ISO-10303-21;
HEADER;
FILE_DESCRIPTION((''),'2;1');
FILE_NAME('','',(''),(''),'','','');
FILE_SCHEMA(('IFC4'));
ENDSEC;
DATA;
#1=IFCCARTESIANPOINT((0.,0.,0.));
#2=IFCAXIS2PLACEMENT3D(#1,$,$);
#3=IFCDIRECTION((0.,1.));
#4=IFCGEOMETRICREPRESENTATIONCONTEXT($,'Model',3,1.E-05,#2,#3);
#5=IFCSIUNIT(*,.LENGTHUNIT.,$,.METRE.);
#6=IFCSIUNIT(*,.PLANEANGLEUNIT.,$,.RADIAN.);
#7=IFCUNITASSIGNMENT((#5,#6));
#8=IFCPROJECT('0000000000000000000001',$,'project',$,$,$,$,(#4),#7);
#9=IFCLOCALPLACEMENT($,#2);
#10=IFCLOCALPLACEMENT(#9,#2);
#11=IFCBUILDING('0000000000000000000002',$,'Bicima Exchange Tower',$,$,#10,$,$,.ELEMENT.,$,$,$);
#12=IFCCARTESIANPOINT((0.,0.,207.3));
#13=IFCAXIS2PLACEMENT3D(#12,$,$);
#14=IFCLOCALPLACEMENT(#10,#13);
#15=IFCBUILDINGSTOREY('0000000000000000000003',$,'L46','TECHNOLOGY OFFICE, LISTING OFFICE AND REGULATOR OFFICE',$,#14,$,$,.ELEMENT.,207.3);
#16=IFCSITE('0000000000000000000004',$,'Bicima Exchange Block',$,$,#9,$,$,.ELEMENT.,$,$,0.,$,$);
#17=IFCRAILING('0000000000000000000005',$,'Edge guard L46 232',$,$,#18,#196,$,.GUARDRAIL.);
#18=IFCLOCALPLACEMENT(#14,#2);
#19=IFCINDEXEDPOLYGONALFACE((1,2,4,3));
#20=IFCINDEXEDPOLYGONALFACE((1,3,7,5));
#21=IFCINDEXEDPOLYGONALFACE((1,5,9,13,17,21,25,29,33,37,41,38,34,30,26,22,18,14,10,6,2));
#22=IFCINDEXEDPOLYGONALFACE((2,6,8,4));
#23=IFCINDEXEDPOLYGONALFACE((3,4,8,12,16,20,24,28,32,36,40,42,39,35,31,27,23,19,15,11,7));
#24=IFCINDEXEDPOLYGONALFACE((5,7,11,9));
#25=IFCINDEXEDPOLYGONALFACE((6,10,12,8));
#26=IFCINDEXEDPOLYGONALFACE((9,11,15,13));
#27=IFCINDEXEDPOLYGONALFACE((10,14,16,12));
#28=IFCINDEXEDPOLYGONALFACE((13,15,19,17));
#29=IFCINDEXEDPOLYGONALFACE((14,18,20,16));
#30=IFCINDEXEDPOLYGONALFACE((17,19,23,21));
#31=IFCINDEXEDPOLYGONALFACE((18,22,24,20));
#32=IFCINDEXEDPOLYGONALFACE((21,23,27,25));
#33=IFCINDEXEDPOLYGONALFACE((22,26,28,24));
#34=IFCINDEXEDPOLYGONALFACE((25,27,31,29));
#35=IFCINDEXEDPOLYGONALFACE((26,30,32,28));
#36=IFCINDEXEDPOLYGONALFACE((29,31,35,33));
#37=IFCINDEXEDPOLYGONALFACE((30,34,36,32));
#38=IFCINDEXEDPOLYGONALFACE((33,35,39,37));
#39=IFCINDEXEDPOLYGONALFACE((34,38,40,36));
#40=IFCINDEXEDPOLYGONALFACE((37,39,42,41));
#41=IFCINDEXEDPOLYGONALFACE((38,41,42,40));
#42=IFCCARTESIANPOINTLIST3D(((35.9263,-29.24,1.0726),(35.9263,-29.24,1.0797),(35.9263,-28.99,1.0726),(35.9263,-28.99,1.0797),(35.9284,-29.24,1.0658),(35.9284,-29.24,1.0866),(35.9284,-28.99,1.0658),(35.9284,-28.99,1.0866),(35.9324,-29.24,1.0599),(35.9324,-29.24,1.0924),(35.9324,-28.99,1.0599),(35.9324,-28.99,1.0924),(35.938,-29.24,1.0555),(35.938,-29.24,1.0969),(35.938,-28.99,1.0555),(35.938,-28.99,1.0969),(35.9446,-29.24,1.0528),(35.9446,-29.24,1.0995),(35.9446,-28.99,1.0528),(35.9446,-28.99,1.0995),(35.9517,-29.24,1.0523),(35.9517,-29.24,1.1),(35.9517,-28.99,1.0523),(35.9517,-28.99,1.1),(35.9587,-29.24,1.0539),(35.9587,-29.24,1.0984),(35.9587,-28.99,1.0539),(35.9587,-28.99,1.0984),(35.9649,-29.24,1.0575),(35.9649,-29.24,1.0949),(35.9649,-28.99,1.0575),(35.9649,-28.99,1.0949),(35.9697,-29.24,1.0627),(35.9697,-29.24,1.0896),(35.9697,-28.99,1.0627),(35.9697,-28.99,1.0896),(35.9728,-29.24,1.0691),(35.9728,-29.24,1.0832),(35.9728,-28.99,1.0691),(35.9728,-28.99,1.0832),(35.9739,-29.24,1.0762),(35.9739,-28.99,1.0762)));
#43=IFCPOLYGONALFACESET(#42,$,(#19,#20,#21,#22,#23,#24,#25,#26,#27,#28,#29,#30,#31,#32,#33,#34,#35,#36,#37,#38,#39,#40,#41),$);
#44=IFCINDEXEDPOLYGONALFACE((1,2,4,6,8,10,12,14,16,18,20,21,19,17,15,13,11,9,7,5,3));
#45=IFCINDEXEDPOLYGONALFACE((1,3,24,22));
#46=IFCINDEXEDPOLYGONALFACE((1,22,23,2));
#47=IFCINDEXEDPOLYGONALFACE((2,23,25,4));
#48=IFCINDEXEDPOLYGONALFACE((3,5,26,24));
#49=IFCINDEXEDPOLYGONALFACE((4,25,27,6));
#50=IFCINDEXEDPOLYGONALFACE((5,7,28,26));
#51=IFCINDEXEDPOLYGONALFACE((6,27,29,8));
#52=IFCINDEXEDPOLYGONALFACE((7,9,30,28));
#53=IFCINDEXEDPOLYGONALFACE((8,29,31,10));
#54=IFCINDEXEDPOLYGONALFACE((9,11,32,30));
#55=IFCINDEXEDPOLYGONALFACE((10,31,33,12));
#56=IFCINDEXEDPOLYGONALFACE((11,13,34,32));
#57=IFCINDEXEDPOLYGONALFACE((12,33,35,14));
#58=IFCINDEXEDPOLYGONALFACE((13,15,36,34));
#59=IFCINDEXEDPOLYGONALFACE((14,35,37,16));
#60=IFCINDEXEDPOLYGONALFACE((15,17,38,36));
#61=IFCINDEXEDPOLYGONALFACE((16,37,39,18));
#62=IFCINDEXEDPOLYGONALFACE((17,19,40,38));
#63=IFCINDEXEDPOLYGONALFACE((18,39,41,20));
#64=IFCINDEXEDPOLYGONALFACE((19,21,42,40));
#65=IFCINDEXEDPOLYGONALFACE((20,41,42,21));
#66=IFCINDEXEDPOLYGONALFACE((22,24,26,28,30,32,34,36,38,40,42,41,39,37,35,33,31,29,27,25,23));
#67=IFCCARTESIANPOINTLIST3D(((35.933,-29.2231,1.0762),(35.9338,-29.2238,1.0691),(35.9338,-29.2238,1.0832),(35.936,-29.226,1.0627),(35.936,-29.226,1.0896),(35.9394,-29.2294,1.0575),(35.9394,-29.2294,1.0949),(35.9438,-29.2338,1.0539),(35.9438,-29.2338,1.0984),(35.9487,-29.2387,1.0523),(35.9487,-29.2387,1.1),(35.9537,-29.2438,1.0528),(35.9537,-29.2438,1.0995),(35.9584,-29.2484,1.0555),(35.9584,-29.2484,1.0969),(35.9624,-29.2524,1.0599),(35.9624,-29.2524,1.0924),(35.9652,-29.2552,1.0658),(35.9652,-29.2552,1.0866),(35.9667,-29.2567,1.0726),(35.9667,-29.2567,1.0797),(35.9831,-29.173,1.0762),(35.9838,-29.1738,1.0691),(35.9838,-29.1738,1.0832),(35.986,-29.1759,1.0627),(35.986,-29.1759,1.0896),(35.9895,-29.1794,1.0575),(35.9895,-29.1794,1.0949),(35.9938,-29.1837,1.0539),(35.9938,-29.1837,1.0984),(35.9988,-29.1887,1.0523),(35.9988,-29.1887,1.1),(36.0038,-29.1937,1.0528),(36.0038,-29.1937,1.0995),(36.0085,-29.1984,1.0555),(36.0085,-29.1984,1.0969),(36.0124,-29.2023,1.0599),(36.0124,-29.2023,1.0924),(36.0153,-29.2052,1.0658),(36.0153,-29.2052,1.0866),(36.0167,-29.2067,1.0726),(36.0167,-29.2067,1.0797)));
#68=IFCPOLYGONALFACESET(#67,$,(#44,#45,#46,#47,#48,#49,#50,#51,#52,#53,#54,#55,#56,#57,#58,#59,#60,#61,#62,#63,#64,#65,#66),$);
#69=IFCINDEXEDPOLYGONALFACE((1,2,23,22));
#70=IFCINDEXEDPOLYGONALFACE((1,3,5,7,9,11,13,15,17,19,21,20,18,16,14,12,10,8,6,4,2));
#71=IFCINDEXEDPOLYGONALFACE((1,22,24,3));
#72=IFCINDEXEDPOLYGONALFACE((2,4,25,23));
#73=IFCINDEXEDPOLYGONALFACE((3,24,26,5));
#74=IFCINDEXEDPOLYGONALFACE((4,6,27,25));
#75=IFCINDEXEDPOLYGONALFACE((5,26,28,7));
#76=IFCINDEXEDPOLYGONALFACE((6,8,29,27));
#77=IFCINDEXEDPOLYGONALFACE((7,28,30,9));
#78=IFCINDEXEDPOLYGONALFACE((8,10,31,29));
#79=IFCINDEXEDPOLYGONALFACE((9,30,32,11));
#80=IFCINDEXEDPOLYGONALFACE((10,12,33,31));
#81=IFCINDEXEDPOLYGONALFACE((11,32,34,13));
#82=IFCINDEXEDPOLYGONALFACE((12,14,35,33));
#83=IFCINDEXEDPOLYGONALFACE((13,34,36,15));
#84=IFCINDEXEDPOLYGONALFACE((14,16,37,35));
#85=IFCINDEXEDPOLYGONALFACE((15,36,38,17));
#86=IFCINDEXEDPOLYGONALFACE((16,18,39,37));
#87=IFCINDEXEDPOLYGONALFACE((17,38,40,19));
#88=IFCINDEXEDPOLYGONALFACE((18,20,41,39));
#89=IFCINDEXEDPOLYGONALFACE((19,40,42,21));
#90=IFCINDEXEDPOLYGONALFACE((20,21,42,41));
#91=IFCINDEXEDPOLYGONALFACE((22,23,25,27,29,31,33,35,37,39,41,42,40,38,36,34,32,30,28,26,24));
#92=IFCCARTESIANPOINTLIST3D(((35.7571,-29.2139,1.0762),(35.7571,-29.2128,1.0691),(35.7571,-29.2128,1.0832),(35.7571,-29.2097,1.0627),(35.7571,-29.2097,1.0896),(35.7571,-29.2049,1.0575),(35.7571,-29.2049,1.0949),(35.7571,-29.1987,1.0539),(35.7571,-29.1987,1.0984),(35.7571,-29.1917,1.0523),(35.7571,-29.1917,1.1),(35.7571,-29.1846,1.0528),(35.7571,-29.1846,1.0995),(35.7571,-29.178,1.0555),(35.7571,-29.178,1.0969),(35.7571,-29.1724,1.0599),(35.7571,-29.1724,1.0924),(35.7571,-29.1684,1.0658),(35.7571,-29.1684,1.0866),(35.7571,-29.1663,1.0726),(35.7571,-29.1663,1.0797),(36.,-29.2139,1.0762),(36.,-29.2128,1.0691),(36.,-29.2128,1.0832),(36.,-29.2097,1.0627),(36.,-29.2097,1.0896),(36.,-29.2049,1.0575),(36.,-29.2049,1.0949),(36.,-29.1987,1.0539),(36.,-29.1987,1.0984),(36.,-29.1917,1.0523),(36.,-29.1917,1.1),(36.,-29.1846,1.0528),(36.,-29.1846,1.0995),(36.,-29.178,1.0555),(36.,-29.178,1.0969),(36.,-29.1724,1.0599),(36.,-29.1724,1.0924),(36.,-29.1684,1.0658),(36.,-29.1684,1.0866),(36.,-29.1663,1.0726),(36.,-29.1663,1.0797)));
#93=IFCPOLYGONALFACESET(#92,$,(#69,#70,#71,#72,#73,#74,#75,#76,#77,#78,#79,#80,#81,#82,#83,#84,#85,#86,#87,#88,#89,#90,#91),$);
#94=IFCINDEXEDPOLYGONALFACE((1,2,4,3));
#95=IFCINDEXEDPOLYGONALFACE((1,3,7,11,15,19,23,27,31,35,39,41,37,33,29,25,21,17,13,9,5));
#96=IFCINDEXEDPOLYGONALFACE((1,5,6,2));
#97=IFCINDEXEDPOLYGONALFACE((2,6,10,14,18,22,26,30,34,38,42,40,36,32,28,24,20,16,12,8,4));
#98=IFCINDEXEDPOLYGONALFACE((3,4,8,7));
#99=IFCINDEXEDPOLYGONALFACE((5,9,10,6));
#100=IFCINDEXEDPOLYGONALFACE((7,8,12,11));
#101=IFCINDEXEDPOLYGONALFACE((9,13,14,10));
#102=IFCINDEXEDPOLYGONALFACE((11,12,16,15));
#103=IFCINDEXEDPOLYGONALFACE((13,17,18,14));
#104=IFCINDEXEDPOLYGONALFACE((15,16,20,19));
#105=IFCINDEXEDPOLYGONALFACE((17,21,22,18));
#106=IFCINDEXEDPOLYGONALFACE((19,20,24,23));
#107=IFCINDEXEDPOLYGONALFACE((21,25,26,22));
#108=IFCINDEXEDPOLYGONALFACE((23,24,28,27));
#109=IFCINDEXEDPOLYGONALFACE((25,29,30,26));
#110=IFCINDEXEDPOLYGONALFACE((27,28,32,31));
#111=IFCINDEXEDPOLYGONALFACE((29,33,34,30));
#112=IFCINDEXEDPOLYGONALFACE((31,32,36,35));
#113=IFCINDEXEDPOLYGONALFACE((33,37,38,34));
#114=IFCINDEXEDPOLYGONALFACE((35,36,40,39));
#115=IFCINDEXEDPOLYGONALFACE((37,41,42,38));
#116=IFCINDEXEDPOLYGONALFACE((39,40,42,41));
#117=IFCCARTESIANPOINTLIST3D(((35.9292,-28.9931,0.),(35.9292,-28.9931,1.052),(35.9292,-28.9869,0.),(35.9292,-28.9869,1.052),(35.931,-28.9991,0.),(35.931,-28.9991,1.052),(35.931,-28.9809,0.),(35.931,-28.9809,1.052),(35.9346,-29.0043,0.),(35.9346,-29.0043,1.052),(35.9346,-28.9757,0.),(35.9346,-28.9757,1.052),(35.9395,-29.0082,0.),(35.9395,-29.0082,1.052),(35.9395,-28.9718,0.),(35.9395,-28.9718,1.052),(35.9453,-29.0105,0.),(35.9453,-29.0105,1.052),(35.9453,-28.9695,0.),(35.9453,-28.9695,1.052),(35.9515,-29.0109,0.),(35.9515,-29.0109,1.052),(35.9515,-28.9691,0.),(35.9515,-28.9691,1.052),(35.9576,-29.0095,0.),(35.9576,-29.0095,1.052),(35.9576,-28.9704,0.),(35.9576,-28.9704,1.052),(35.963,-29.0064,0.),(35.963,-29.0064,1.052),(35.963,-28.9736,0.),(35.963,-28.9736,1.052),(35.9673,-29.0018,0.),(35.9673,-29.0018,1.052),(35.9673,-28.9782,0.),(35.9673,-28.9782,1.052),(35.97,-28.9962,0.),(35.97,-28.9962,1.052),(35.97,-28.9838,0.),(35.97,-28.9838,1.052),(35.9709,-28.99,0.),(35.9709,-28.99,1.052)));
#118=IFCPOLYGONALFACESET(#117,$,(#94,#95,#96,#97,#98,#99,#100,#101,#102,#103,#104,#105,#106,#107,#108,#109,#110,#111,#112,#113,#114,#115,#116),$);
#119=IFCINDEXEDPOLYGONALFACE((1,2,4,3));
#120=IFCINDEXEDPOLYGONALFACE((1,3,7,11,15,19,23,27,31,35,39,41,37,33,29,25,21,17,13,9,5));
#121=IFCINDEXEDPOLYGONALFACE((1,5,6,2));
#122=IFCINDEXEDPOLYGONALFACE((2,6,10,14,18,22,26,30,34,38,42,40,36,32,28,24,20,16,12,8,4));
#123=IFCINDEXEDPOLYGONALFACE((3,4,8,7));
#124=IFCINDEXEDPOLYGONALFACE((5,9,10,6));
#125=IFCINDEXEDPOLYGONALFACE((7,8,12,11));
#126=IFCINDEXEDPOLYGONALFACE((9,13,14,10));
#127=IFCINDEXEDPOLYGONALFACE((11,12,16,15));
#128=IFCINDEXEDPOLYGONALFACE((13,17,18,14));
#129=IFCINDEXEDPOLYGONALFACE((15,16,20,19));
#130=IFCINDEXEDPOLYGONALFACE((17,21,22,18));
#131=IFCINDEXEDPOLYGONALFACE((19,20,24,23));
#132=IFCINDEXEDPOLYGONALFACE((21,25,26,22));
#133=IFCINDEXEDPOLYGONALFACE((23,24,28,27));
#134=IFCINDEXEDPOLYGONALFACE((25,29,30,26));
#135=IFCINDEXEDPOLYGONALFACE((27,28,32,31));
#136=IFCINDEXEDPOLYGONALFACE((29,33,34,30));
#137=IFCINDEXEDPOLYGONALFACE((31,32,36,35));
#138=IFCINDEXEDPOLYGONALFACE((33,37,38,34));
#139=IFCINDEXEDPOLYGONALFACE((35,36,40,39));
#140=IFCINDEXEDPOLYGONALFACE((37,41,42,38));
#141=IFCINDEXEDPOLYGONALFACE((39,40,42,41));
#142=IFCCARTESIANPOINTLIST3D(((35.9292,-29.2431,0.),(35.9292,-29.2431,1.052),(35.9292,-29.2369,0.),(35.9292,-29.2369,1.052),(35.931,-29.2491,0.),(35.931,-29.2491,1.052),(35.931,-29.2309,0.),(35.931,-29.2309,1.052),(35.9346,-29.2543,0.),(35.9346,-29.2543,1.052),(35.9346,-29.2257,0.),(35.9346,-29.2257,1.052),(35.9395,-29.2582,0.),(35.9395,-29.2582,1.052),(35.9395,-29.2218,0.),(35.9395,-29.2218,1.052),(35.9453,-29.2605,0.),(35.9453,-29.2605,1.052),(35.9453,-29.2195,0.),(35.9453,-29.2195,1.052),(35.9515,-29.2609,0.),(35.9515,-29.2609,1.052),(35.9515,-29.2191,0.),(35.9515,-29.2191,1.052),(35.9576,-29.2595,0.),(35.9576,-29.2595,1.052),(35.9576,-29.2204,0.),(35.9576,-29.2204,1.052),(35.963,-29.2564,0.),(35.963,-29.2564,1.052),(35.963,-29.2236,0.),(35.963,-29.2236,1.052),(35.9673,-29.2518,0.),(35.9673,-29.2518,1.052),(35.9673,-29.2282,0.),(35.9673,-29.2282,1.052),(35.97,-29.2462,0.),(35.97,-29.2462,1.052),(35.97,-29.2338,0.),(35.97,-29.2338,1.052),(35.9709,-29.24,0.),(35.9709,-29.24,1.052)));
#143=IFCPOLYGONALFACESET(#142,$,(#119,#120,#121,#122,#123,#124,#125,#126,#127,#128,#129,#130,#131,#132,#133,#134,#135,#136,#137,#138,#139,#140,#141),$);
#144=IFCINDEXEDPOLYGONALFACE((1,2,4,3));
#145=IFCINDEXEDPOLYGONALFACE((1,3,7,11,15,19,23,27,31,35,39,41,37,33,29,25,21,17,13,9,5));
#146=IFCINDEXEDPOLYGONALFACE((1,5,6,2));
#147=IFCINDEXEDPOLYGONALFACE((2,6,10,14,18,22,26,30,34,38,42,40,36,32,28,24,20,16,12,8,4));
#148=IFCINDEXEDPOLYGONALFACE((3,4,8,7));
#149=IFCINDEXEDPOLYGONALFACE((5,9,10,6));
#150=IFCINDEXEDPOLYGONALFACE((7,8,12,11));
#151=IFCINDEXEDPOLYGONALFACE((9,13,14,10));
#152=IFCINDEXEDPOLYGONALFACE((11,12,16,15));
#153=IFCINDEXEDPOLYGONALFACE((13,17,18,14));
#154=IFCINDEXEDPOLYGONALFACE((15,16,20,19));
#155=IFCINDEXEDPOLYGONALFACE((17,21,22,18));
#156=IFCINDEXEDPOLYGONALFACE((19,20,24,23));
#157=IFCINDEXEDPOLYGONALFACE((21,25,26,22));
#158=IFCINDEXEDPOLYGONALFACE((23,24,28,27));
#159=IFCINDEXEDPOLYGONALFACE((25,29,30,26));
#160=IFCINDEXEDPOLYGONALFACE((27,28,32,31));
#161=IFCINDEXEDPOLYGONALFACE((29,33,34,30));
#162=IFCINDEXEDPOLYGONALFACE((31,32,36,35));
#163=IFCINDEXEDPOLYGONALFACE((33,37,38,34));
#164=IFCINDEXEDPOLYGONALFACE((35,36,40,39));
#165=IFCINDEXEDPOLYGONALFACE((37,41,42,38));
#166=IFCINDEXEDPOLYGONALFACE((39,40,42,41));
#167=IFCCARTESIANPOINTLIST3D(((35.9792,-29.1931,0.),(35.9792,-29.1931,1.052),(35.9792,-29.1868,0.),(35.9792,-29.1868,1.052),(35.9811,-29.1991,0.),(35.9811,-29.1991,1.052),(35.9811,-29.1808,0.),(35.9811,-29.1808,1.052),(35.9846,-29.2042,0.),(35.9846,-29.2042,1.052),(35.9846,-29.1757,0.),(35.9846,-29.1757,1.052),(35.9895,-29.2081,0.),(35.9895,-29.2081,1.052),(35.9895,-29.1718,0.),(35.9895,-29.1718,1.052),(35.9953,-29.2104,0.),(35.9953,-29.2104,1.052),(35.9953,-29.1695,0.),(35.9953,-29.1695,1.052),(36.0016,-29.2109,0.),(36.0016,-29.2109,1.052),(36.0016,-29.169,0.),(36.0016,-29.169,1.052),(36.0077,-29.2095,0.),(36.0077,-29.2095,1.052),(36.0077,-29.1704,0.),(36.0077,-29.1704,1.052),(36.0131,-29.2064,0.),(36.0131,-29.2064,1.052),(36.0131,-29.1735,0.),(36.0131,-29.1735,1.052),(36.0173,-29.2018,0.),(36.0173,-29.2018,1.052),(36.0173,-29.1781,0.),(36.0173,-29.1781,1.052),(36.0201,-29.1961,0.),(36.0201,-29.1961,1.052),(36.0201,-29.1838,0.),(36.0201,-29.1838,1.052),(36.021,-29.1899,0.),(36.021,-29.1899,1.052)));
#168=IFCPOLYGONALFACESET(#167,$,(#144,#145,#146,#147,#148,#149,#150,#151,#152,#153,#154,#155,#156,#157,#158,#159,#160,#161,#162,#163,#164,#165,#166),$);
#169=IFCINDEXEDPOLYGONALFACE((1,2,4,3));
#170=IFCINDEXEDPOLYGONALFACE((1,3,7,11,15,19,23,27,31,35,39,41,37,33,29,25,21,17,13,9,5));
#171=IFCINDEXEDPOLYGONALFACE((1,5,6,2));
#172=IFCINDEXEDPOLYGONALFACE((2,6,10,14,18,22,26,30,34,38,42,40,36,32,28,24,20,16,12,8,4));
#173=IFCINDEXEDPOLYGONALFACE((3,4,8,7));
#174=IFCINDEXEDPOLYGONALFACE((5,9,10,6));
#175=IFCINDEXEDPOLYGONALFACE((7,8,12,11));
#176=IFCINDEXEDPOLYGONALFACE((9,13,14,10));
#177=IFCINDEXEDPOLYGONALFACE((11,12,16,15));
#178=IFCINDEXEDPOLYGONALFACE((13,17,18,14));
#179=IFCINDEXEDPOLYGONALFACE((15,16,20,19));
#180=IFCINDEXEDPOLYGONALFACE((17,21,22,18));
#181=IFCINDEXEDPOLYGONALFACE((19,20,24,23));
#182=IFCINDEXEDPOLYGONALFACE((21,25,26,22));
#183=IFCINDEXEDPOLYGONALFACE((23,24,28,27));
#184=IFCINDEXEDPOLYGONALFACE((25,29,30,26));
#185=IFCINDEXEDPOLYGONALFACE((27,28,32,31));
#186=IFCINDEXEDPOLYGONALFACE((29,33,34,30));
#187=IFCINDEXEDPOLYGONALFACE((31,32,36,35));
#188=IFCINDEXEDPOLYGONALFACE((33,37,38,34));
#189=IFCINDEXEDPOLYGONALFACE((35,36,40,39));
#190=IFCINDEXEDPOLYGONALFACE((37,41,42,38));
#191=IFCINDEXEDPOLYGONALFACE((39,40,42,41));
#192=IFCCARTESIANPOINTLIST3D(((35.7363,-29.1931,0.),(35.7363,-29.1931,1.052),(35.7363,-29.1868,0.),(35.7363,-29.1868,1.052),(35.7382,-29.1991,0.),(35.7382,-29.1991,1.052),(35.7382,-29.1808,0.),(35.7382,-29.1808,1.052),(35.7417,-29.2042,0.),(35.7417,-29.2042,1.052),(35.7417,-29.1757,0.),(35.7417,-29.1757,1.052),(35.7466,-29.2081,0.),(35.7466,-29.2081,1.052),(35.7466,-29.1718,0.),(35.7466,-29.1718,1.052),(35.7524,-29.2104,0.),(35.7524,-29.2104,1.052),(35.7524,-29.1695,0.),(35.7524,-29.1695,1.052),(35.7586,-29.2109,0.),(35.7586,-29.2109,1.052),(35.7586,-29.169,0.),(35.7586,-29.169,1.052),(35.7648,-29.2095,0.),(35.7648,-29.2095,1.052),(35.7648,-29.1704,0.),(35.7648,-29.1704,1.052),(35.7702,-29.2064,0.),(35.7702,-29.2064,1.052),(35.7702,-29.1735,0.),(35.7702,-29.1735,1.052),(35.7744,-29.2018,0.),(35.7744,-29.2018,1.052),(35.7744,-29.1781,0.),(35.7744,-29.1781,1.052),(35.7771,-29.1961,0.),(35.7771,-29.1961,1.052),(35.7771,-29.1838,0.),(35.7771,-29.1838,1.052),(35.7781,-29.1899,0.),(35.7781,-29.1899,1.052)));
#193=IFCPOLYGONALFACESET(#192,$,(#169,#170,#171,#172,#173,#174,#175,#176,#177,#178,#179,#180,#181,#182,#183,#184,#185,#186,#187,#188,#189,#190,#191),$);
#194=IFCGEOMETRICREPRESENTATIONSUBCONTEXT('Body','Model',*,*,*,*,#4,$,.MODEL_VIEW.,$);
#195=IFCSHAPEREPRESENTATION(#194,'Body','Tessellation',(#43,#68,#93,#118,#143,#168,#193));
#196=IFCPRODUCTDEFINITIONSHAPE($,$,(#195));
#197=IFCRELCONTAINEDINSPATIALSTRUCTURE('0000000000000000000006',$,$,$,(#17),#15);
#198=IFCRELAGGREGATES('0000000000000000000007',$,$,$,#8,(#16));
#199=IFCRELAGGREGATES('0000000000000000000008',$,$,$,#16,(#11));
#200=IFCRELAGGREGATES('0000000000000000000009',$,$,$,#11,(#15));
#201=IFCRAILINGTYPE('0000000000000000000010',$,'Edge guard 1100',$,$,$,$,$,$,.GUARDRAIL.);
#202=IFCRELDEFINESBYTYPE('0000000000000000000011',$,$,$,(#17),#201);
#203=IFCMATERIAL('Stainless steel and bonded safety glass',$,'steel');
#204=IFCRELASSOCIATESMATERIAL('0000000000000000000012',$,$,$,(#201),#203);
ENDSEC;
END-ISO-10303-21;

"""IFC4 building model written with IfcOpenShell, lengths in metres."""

from ifc_helpers import new_model, si_unit, direction, frame, origin, origin_2d, place, context, subcontext, project, spatial, circle, extrude, material, type_object, element, save


model = new_model("IFC4")

# Units and contexts
model_context = context("Model", 3, precision=1e-05, world=origin(), true_north=direction((0.0, 1.0)))
body_context = subcontext(model_context, "Body", "Model", "MODEL_VIEW")
ifc_project = project(units=[si_unit("LENGTHUNIT", "METRE"), si_unit("PLANEANGLEUNIT", "RADIAN")], contexts=[model_context])

# Site, building, storey
site_placement = place(None, origin())
site = spatial("IfcSite", under=ifc_project, at=site_placement, Name="Bicima Exchange Block", CompositionType="ELEMENT", RefElevation=0.0)
building_placement = place(site_placement, origin())
building = spatial("IfcBuilding", under=site, at=building_placement, Name="Bicima Exchange Tower", CompositionType="ELEMENT")
storey_placement = place(building_placement, frame((0.0, 0.0, 207.3)))
storey = spatial("IfcBuildingStorey", under=building, at=storey_placement, Name="L46", Description="TECHNOLOGY OFFICE, LISTING OFFICE AND REGULATOR OFFICE", CompositionType="ELEMENT", Elevation=207.3)

# Railing
ifc_material_1 = material(Name="Stainless steel and bonded safety glass", Category="steel")
railing_type = type_object("IfcRailingType", Name="Edge guard 1100", PredefinedType="GUARDRAIL", material=ifc_material_1)
railing_placement = place(storey_placement, frame((35.95, -28.99, 0.0)))
element("IfcRailing", 1, at=railing_placement, inside=storey, type_object=railing_type, Name="Edge guard L46 232", PredefinedType="GUARDRAIL", context=body_context, shape_type="SweptSolid", body=[
    extrude(circle(Radius=0.0239, at=origin_2d()), frame((0.0, 0.0, 1.0762), z_axis=(0.0, -1.0, 0.0), x_axis=(1.0, 0.0, 0.0)), (0.0, 0.0, 1.0), 0.25),
    extrude(circle(Radius=0.0239, at=origin_2d()), frame((0.0, -0.25, 1.0762), z_axis=(0.707107, 0.707107, 0.0), x_axis=(-0.707107, 0.707107, 0.0)), (0.0, 0.0, 1.0), 0.0708),
    extrude(circle(Radius=0.0239, at=origin_2d()), frame((0.05, -0.2, 1.0762), z_axis=(-1.0, 0.0, 0.0), x_axis=(0.0, -1.0, 0.0)), (0.0, 0.0, 1.0), 0.2429),
    extrude(circle(Radius=0.021, at=origin_2d()), origin(), (0.0, 0.0, 1.0), 1.052),
    extrude(circle(Radius=0.021, at=origin_2d()), frame((0.0, -0.25, 0.0)), (0.0, 0.0, 1.0), 1.052),
    extrude(circle(Radius=0.021, at=origin_2d()), frame((0.05, -0.2, 0.0)), (0.0, 0.0, 1.0), 1.052),
    extrude(circle(Radius=0.021, at=origin_2d()), frame((-0.1929, -0.2, 0.0)), (0.0, 0.0, 1.0), 1.052),
])

save(model, "model.ifc")
